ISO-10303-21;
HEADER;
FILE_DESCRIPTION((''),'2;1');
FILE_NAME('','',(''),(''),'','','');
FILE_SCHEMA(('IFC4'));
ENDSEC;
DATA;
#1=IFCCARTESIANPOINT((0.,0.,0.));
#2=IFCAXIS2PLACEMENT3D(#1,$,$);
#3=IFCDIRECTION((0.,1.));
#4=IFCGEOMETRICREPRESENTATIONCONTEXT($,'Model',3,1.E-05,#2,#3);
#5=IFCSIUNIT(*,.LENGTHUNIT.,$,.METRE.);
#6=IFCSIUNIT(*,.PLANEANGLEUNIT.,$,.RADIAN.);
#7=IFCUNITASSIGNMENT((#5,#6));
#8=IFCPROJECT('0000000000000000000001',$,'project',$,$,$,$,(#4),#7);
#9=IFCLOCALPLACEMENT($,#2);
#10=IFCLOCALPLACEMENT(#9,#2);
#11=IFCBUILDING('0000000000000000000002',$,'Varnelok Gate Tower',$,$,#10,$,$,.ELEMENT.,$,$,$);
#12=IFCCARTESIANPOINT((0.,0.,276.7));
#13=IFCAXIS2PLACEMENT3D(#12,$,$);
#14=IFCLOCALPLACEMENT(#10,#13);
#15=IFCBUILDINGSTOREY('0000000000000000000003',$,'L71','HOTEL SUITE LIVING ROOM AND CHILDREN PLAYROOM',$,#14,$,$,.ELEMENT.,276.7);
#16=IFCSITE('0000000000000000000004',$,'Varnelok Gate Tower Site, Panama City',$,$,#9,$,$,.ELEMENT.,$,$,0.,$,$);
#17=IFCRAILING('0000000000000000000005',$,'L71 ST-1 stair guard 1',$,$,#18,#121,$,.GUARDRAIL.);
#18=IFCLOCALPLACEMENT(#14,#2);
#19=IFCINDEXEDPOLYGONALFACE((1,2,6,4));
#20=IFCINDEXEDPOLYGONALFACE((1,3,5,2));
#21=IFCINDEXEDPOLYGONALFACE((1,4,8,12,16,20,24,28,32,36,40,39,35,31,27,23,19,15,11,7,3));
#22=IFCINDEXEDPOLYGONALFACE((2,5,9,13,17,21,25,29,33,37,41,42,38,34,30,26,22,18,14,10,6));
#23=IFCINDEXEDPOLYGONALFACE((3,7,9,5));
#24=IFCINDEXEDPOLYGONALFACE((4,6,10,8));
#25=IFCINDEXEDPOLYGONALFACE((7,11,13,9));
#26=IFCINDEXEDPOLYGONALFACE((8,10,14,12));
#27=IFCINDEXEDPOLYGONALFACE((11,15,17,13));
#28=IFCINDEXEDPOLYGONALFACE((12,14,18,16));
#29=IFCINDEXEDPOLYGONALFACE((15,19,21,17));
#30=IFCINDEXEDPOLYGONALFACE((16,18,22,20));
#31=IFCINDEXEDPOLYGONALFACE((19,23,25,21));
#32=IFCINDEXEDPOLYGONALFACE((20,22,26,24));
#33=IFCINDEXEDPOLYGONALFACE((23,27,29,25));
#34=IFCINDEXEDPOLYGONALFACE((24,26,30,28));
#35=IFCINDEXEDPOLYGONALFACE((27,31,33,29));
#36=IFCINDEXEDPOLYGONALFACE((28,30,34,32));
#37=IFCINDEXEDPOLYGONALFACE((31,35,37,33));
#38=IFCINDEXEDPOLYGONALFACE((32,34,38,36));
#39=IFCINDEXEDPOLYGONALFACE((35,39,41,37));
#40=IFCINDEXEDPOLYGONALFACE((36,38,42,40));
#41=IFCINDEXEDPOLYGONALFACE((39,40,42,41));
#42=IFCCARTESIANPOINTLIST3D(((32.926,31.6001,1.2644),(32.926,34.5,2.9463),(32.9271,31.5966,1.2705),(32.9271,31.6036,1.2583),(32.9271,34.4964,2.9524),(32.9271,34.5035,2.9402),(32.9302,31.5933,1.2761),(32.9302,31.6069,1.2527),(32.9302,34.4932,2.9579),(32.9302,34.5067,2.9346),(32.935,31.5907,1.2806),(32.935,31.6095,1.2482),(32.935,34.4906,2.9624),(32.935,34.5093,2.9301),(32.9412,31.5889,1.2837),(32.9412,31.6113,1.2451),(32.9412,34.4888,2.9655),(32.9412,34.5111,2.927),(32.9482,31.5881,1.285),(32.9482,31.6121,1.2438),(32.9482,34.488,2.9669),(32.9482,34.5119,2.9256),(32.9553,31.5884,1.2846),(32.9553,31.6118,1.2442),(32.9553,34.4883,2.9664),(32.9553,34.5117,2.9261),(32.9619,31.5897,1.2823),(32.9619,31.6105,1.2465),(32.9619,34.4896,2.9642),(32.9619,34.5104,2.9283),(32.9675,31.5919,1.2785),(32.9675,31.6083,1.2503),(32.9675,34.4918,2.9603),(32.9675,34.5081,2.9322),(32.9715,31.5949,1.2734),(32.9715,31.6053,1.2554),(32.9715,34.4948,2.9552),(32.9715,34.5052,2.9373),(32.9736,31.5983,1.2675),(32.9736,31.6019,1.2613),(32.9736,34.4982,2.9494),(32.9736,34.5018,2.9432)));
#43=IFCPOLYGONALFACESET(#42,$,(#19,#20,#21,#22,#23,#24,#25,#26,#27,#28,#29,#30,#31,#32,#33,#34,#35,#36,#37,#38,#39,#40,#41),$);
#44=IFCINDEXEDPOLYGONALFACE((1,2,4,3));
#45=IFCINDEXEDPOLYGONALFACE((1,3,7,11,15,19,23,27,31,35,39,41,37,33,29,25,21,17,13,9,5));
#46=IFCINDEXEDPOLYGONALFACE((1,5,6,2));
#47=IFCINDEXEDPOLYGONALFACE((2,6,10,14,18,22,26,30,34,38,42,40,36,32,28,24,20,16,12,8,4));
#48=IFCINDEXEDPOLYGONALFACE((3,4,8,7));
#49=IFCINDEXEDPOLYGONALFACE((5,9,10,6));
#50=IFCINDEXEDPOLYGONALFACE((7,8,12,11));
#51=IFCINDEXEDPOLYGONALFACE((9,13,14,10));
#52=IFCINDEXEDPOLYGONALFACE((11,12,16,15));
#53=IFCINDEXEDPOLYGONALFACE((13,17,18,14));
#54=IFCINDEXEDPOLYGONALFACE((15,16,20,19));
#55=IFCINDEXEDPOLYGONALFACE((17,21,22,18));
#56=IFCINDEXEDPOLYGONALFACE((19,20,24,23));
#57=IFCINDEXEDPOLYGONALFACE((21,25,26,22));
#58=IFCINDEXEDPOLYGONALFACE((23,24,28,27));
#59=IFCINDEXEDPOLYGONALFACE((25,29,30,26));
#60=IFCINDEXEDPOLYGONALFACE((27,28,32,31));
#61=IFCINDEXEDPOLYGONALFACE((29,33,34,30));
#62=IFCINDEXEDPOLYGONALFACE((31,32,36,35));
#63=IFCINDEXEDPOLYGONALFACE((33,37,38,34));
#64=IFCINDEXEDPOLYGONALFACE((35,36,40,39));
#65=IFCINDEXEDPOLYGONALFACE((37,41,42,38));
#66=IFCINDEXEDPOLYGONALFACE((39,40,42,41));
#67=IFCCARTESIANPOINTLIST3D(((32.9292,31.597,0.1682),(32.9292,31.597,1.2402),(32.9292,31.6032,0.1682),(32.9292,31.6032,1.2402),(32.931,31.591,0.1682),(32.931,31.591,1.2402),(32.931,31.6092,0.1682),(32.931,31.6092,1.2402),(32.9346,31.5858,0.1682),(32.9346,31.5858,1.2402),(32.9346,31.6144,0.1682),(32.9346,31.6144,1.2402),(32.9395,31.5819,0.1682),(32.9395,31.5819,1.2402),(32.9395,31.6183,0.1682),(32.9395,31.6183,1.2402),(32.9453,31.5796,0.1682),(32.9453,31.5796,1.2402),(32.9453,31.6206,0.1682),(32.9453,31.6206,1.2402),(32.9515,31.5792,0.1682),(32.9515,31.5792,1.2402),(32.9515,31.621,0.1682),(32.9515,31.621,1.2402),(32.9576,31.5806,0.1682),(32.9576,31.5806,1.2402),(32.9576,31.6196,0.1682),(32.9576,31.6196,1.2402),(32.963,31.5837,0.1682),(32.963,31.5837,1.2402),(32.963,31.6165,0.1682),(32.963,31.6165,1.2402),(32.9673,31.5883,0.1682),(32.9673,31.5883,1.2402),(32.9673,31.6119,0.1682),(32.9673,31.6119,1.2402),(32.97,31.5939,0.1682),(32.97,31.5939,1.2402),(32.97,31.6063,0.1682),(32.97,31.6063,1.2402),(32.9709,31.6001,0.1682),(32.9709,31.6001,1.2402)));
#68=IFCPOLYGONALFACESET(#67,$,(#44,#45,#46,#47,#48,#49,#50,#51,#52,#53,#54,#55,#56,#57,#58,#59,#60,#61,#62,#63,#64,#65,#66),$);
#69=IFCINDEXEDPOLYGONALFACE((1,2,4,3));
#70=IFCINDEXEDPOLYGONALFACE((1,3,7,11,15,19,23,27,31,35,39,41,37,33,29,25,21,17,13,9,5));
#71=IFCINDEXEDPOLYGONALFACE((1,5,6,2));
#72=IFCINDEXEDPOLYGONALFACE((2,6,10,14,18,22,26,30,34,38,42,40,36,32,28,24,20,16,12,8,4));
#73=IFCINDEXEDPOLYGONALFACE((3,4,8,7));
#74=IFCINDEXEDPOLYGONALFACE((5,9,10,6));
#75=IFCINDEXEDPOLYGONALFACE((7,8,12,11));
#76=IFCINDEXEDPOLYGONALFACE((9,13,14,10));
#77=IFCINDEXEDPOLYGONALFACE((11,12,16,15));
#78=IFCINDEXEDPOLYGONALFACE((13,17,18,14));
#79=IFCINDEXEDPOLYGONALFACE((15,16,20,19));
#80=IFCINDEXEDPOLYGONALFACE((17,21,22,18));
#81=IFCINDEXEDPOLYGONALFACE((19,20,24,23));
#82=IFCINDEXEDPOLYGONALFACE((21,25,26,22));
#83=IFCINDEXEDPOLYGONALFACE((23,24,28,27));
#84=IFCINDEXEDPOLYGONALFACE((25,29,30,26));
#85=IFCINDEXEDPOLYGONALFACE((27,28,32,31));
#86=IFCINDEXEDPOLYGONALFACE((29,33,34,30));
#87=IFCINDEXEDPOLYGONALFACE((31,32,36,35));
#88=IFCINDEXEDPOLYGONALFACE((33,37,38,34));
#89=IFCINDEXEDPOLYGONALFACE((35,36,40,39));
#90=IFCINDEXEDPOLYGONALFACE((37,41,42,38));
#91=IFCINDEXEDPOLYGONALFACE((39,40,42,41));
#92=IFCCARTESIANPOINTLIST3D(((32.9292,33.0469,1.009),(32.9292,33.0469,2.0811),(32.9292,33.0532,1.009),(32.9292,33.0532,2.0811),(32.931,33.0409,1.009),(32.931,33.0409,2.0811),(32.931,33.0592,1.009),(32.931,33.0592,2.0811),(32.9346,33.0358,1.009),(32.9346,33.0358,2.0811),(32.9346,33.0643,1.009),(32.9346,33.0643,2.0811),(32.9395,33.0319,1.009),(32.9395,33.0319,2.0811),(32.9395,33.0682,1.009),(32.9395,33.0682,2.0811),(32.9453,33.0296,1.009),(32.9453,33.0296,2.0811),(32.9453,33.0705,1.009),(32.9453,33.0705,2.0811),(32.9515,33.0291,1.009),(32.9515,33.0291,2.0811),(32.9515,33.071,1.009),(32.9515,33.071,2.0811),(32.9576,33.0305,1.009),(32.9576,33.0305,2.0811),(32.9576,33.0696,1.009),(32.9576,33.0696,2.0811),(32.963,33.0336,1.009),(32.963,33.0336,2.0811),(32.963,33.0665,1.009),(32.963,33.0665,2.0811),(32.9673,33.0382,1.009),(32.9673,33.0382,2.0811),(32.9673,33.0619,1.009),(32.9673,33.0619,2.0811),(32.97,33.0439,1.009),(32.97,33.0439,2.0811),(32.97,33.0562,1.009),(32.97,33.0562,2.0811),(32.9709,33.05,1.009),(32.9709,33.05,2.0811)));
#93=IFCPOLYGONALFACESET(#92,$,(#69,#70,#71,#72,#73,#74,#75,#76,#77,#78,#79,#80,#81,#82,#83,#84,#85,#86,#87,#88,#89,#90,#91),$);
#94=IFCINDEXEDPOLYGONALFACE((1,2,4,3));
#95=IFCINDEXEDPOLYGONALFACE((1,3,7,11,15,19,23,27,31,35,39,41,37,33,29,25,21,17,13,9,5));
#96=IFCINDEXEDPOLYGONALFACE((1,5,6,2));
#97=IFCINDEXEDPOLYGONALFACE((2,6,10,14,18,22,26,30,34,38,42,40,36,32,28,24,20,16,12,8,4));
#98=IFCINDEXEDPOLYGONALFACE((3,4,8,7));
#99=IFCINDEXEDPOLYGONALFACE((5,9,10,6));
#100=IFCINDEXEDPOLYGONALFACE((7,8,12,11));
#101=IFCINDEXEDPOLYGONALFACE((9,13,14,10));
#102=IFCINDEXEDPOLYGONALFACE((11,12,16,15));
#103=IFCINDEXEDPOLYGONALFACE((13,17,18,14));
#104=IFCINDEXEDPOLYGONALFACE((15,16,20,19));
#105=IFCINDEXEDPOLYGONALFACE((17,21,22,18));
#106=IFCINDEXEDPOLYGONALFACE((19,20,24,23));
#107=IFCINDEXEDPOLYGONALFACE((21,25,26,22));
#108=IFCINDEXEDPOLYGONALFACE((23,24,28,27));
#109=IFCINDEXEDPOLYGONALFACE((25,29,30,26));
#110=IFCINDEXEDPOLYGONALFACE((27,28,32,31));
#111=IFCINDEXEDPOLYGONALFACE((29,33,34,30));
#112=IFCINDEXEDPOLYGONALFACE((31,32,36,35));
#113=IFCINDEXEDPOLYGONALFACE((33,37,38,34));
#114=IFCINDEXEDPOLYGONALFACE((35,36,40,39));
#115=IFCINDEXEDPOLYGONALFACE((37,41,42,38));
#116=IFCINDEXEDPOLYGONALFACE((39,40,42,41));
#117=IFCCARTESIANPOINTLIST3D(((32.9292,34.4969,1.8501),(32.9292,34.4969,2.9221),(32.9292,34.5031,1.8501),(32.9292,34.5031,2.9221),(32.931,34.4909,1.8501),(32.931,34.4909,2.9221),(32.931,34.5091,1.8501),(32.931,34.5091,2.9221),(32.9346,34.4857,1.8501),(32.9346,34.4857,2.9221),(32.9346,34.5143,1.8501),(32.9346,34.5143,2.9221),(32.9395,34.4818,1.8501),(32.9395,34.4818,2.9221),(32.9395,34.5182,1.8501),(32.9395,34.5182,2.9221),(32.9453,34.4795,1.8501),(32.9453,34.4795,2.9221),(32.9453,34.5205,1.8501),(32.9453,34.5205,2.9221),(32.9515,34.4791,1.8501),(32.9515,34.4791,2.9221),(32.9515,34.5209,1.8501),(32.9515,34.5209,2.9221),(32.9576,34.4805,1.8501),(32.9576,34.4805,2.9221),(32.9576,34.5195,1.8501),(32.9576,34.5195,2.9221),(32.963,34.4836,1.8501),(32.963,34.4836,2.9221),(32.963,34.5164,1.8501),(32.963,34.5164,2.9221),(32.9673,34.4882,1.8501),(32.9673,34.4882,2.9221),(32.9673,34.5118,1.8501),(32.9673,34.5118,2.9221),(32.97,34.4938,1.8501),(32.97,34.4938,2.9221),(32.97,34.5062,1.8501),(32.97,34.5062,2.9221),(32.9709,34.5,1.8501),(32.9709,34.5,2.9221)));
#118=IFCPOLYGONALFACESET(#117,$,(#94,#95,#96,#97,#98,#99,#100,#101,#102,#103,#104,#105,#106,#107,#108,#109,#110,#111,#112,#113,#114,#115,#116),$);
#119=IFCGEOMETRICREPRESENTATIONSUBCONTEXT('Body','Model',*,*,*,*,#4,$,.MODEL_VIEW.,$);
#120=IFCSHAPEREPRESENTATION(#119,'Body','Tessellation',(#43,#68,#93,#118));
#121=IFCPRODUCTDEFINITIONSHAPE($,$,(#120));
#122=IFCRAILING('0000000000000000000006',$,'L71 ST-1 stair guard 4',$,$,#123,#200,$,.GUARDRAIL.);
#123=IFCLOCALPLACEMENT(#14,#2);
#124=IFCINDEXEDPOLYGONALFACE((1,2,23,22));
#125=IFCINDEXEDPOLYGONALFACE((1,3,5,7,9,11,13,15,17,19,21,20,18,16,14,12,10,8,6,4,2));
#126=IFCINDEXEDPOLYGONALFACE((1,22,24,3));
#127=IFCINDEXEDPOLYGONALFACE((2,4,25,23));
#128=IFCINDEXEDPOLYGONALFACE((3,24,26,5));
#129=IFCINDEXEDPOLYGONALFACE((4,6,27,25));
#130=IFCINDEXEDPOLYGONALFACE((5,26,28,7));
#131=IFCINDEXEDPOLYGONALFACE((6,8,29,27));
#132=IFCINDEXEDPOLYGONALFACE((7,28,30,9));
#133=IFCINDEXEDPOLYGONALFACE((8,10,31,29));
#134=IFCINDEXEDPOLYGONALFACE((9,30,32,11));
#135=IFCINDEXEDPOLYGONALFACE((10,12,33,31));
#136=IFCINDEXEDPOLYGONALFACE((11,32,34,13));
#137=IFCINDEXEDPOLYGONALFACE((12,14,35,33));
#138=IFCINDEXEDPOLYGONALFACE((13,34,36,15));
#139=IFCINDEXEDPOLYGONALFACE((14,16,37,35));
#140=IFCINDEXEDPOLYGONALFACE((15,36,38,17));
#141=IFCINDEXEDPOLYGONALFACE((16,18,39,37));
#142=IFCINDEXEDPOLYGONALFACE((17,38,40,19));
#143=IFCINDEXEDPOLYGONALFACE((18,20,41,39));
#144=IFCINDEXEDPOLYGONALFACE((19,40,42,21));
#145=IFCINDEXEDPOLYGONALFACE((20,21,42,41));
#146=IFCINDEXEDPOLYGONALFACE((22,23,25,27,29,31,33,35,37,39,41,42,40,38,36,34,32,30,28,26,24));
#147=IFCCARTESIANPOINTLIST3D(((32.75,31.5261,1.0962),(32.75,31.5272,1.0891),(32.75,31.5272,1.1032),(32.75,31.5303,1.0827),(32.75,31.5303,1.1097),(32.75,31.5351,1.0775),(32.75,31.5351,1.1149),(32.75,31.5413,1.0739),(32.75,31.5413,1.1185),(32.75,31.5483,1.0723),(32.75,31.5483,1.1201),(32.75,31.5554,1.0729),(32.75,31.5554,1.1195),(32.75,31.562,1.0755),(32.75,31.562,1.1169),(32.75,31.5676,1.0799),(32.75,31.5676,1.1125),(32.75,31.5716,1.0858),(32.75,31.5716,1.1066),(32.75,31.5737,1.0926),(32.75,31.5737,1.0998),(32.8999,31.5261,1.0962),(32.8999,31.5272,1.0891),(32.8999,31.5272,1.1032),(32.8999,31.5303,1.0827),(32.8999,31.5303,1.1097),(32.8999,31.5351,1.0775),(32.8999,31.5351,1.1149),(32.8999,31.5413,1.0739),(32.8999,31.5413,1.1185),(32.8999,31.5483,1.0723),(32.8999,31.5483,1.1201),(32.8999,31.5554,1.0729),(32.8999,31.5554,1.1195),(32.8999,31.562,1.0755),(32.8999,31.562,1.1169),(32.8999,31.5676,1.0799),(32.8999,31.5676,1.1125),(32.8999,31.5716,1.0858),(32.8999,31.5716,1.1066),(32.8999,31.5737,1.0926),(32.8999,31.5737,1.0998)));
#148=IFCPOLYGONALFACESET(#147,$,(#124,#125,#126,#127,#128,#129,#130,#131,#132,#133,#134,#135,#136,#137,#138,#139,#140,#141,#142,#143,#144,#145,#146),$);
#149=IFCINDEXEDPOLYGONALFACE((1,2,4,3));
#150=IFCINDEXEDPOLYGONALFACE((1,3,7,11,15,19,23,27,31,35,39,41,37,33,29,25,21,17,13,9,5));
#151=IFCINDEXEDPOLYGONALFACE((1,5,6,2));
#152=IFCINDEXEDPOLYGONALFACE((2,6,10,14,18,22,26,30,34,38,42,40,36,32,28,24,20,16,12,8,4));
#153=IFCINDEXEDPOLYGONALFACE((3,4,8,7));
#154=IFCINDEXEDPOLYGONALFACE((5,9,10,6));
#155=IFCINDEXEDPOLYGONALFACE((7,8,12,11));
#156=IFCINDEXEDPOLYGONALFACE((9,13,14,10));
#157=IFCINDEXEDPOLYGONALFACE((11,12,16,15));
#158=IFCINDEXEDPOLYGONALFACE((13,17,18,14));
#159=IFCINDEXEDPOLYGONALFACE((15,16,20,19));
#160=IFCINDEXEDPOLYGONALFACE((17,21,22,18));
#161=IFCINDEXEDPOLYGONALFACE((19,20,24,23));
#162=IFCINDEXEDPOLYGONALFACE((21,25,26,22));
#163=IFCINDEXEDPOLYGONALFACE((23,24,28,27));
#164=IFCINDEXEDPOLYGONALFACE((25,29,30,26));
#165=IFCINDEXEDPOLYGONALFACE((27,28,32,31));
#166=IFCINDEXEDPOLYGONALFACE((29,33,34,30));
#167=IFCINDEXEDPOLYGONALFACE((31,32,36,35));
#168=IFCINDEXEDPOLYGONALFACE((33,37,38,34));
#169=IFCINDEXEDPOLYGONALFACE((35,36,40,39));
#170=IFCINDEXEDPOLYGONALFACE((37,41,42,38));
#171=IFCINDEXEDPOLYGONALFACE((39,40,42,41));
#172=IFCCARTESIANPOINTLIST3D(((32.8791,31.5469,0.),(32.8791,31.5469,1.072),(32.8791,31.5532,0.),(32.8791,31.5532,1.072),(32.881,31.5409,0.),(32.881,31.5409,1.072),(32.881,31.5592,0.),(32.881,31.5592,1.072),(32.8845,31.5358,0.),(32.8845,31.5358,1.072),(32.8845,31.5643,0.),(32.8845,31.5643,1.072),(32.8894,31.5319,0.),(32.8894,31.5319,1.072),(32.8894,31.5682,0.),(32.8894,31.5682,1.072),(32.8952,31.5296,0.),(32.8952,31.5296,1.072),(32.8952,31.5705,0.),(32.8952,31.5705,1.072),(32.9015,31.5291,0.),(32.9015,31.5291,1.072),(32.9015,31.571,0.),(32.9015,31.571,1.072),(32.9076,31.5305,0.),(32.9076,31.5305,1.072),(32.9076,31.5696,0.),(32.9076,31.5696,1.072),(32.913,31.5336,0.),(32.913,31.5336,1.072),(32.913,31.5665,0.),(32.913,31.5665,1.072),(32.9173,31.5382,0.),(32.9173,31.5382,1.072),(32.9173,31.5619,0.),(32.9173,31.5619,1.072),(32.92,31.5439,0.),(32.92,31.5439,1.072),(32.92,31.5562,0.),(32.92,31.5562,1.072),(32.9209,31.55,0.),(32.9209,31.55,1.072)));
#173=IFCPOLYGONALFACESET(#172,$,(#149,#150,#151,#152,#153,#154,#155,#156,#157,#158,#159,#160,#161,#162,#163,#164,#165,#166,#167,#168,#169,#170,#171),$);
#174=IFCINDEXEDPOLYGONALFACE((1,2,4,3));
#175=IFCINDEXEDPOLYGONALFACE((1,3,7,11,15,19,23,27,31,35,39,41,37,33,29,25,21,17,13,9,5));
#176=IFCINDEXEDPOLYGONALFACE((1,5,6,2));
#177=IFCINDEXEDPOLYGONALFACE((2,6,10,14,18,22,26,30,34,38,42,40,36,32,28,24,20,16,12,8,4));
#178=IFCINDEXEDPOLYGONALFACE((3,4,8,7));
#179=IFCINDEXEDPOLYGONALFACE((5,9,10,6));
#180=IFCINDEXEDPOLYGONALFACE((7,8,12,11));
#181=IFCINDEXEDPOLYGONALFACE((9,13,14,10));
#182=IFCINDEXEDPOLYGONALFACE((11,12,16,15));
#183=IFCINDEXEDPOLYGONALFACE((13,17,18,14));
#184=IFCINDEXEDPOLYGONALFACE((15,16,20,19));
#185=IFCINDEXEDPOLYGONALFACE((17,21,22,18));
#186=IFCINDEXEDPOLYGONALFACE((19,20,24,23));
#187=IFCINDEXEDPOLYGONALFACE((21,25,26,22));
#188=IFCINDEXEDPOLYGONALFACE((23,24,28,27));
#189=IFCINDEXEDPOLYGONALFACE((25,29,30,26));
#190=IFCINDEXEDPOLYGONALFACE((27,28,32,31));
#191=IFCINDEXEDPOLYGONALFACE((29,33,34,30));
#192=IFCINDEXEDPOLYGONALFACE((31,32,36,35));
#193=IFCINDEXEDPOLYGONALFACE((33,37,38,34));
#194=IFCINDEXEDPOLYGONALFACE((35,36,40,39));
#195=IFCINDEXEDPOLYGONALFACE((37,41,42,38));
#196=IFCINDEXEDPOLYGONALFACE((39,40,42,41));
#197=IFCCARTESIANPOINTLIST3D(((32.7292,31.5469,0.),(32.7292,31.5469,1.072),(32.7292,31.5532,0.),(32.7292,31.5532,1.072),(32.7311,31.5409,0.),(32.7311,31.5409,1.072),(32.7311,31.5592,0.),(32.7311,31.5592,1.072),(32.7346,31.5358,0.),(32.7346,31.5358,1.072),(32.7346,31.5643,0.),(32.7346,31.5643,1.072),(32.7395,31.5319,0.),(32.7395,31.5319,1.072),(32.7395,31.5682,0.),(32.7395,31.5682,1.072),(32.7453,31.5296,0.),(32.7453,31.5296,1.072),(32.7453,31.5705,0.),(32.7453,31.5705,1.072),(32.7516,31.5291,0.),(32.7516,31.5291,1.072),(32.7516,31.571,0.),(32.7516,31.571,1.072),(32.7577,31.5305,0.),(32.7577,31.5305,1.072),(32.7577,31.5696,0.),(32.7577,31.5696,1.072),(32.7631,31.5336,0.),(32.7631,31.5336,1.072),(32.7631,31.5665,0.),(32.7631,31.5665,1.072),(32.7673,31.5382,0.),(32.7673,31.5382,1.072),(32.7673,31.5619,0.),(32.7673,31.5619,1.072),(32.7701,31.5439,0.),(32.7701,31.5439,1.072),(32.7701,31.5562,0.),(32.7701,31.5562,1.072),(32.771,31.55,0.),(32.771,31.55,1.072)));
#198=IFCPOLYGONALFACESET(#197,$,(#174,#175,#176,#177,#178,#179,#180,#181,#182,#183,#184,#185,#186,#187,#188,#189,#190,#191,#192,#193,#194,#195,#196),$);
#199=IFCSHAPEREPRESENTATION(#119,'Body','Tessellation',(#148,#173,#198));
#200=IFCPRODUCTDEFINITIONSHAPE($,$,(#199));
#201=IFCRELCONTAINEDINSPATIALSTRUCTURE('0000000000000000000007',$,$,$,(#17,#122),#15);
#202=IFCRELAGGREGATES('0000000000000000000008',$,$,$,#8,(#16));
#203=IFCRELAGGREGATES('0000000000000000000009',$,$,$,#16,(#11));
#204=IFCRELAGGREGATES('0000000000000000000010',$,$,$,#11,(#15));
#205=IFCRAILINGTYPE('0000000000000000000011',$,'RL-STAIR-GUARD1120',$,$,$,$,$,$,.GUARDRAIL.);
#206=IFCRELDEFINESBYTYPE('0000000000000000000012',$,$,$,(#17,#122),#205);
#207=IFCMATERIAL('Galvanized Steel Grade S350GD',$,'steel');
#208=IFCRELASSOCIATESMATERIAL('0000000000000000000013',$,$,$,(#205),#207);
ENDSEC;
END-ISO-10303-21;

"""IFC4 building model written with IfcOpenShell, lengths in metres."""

from ifc_helpers import new_model, si_unit, direction, frame, origin, origin_2d, place, context, subcontext, project, spatial, circle, extrude, material, type_object, element, save


model = new_model("IFC4")

# Units and contexts
model_context = context("Model", 3, precision=1e-05, world=origin(), true_north=direction((0.0, 1.0)))
body_context = subcontext(model_context, "Body", "Model", "MODEL_VIEW")
ifc_project = project(units=[si_unit("LENGTHUNIT", "METRE"), si_unit("PLANEANGLEUNIT", "RADIAN")], contexts=[model_context])

# Site, building, storey
site_placement = place(None, origin())
site = spatial("IfcSite", under=ifc_project, at=site_placement, Name="Varnelok Gate Tower Site, Panama City", CompositionType="ELEMENT", RefElevation=0.0)
building_placement = place(site_placement, origin())
building = spatial("IfcBuilding", under=site, at=building_placement, Name="Varnelok Gate Tower", CompositionType="ELEMENT")
storey_placement = place(building_placement, frame((0.0, 0.0, 276.7)))
storey = spatial("IfcBuildingStorey", under=building, at=storey_placement, Name="L71", Description="HOTEL SUITE LIVING ROOM AND CHILDREN PLAYROOM", CompositionType="ELEMENT", Elevation=276.7)

# Shared definitions
ifc_material_1 = material(Name="Galvanized Steel Grade S350GD", Category="steel")

# Railings
railing_type_1 = type_object("IfcRailingType", Name="RL-STAIR-GUARD1120", PredefinedType="GUARDRAIL", material=ifc_material_1)
railing_1_placement = place(storey_placement, frame((32.95, 31.6001, 0.1682)))
element("IfcRailing", 1, at=railing_1_placement, inside=storey, type_object=railing_type_1, Name="L71 ST-1 stair guard 1", PredefinedType="GUARDRAIL", context=body_context, shape_type="SweptSolid", body=[
    extrude(circle(Radius=0.0239, at=origin_2d()), frame((0.0, 0.0, 1.0962), z_axis=(0.0, 0.865039, 0.501705), x_axis=(-1.0, 0.0, 0.0)), (0.0, 0.0, 1.0), 3.3523),
    extrude(circle(Radius=0.021, at=origin_2d()), origin(), (0.0, 0.0, 1.0), 1.072),
    extrude(circle(Radius=0.021, at=origin_2d()), frame((0.0, 1.45, 0.8408)), (0.0, 0.0, 1.0), 1.072),
    extrude(circle(Radius=0.021, at=origin_2d()), frame((0.0, 2.8999, 1.6819)), (0.0, 0.0, 1.0), 1.072),
])
railing_2_placement = place(storey_placement, frame((32.8999, 31.55, 0.0)))
element("IfcRailing", 2, at=railing_2_placement, inside=storey, type_object=railing_type_1, Name="L71 ST-1 stair guard 4", PredefinedType="GUARDRAIL", context=body_context, shape_type="SweptSolid", body=[
    extrude(circle(Radius=0.0239, at=origin_2d()), frame((0.0, 0.0, 1.0962), z_axis=(-1.0, 0.0, 0.0), x_axis=(0.0, -1.0, 0.0)), (0.0, 0.0, 1.0), 0.1499),
    extrude(circle(Radius=0.021, at=origin_2d()), origin(), (0.0, 0.0, 1.0), 1.072),
    extrude(circle(Radius=0.021, at=origin_2d()), frame((-0.1499, 0.0, 0.0)), (0.0, 0.0, 1.0), 1.072),
])

save(model, "model.ifc")
